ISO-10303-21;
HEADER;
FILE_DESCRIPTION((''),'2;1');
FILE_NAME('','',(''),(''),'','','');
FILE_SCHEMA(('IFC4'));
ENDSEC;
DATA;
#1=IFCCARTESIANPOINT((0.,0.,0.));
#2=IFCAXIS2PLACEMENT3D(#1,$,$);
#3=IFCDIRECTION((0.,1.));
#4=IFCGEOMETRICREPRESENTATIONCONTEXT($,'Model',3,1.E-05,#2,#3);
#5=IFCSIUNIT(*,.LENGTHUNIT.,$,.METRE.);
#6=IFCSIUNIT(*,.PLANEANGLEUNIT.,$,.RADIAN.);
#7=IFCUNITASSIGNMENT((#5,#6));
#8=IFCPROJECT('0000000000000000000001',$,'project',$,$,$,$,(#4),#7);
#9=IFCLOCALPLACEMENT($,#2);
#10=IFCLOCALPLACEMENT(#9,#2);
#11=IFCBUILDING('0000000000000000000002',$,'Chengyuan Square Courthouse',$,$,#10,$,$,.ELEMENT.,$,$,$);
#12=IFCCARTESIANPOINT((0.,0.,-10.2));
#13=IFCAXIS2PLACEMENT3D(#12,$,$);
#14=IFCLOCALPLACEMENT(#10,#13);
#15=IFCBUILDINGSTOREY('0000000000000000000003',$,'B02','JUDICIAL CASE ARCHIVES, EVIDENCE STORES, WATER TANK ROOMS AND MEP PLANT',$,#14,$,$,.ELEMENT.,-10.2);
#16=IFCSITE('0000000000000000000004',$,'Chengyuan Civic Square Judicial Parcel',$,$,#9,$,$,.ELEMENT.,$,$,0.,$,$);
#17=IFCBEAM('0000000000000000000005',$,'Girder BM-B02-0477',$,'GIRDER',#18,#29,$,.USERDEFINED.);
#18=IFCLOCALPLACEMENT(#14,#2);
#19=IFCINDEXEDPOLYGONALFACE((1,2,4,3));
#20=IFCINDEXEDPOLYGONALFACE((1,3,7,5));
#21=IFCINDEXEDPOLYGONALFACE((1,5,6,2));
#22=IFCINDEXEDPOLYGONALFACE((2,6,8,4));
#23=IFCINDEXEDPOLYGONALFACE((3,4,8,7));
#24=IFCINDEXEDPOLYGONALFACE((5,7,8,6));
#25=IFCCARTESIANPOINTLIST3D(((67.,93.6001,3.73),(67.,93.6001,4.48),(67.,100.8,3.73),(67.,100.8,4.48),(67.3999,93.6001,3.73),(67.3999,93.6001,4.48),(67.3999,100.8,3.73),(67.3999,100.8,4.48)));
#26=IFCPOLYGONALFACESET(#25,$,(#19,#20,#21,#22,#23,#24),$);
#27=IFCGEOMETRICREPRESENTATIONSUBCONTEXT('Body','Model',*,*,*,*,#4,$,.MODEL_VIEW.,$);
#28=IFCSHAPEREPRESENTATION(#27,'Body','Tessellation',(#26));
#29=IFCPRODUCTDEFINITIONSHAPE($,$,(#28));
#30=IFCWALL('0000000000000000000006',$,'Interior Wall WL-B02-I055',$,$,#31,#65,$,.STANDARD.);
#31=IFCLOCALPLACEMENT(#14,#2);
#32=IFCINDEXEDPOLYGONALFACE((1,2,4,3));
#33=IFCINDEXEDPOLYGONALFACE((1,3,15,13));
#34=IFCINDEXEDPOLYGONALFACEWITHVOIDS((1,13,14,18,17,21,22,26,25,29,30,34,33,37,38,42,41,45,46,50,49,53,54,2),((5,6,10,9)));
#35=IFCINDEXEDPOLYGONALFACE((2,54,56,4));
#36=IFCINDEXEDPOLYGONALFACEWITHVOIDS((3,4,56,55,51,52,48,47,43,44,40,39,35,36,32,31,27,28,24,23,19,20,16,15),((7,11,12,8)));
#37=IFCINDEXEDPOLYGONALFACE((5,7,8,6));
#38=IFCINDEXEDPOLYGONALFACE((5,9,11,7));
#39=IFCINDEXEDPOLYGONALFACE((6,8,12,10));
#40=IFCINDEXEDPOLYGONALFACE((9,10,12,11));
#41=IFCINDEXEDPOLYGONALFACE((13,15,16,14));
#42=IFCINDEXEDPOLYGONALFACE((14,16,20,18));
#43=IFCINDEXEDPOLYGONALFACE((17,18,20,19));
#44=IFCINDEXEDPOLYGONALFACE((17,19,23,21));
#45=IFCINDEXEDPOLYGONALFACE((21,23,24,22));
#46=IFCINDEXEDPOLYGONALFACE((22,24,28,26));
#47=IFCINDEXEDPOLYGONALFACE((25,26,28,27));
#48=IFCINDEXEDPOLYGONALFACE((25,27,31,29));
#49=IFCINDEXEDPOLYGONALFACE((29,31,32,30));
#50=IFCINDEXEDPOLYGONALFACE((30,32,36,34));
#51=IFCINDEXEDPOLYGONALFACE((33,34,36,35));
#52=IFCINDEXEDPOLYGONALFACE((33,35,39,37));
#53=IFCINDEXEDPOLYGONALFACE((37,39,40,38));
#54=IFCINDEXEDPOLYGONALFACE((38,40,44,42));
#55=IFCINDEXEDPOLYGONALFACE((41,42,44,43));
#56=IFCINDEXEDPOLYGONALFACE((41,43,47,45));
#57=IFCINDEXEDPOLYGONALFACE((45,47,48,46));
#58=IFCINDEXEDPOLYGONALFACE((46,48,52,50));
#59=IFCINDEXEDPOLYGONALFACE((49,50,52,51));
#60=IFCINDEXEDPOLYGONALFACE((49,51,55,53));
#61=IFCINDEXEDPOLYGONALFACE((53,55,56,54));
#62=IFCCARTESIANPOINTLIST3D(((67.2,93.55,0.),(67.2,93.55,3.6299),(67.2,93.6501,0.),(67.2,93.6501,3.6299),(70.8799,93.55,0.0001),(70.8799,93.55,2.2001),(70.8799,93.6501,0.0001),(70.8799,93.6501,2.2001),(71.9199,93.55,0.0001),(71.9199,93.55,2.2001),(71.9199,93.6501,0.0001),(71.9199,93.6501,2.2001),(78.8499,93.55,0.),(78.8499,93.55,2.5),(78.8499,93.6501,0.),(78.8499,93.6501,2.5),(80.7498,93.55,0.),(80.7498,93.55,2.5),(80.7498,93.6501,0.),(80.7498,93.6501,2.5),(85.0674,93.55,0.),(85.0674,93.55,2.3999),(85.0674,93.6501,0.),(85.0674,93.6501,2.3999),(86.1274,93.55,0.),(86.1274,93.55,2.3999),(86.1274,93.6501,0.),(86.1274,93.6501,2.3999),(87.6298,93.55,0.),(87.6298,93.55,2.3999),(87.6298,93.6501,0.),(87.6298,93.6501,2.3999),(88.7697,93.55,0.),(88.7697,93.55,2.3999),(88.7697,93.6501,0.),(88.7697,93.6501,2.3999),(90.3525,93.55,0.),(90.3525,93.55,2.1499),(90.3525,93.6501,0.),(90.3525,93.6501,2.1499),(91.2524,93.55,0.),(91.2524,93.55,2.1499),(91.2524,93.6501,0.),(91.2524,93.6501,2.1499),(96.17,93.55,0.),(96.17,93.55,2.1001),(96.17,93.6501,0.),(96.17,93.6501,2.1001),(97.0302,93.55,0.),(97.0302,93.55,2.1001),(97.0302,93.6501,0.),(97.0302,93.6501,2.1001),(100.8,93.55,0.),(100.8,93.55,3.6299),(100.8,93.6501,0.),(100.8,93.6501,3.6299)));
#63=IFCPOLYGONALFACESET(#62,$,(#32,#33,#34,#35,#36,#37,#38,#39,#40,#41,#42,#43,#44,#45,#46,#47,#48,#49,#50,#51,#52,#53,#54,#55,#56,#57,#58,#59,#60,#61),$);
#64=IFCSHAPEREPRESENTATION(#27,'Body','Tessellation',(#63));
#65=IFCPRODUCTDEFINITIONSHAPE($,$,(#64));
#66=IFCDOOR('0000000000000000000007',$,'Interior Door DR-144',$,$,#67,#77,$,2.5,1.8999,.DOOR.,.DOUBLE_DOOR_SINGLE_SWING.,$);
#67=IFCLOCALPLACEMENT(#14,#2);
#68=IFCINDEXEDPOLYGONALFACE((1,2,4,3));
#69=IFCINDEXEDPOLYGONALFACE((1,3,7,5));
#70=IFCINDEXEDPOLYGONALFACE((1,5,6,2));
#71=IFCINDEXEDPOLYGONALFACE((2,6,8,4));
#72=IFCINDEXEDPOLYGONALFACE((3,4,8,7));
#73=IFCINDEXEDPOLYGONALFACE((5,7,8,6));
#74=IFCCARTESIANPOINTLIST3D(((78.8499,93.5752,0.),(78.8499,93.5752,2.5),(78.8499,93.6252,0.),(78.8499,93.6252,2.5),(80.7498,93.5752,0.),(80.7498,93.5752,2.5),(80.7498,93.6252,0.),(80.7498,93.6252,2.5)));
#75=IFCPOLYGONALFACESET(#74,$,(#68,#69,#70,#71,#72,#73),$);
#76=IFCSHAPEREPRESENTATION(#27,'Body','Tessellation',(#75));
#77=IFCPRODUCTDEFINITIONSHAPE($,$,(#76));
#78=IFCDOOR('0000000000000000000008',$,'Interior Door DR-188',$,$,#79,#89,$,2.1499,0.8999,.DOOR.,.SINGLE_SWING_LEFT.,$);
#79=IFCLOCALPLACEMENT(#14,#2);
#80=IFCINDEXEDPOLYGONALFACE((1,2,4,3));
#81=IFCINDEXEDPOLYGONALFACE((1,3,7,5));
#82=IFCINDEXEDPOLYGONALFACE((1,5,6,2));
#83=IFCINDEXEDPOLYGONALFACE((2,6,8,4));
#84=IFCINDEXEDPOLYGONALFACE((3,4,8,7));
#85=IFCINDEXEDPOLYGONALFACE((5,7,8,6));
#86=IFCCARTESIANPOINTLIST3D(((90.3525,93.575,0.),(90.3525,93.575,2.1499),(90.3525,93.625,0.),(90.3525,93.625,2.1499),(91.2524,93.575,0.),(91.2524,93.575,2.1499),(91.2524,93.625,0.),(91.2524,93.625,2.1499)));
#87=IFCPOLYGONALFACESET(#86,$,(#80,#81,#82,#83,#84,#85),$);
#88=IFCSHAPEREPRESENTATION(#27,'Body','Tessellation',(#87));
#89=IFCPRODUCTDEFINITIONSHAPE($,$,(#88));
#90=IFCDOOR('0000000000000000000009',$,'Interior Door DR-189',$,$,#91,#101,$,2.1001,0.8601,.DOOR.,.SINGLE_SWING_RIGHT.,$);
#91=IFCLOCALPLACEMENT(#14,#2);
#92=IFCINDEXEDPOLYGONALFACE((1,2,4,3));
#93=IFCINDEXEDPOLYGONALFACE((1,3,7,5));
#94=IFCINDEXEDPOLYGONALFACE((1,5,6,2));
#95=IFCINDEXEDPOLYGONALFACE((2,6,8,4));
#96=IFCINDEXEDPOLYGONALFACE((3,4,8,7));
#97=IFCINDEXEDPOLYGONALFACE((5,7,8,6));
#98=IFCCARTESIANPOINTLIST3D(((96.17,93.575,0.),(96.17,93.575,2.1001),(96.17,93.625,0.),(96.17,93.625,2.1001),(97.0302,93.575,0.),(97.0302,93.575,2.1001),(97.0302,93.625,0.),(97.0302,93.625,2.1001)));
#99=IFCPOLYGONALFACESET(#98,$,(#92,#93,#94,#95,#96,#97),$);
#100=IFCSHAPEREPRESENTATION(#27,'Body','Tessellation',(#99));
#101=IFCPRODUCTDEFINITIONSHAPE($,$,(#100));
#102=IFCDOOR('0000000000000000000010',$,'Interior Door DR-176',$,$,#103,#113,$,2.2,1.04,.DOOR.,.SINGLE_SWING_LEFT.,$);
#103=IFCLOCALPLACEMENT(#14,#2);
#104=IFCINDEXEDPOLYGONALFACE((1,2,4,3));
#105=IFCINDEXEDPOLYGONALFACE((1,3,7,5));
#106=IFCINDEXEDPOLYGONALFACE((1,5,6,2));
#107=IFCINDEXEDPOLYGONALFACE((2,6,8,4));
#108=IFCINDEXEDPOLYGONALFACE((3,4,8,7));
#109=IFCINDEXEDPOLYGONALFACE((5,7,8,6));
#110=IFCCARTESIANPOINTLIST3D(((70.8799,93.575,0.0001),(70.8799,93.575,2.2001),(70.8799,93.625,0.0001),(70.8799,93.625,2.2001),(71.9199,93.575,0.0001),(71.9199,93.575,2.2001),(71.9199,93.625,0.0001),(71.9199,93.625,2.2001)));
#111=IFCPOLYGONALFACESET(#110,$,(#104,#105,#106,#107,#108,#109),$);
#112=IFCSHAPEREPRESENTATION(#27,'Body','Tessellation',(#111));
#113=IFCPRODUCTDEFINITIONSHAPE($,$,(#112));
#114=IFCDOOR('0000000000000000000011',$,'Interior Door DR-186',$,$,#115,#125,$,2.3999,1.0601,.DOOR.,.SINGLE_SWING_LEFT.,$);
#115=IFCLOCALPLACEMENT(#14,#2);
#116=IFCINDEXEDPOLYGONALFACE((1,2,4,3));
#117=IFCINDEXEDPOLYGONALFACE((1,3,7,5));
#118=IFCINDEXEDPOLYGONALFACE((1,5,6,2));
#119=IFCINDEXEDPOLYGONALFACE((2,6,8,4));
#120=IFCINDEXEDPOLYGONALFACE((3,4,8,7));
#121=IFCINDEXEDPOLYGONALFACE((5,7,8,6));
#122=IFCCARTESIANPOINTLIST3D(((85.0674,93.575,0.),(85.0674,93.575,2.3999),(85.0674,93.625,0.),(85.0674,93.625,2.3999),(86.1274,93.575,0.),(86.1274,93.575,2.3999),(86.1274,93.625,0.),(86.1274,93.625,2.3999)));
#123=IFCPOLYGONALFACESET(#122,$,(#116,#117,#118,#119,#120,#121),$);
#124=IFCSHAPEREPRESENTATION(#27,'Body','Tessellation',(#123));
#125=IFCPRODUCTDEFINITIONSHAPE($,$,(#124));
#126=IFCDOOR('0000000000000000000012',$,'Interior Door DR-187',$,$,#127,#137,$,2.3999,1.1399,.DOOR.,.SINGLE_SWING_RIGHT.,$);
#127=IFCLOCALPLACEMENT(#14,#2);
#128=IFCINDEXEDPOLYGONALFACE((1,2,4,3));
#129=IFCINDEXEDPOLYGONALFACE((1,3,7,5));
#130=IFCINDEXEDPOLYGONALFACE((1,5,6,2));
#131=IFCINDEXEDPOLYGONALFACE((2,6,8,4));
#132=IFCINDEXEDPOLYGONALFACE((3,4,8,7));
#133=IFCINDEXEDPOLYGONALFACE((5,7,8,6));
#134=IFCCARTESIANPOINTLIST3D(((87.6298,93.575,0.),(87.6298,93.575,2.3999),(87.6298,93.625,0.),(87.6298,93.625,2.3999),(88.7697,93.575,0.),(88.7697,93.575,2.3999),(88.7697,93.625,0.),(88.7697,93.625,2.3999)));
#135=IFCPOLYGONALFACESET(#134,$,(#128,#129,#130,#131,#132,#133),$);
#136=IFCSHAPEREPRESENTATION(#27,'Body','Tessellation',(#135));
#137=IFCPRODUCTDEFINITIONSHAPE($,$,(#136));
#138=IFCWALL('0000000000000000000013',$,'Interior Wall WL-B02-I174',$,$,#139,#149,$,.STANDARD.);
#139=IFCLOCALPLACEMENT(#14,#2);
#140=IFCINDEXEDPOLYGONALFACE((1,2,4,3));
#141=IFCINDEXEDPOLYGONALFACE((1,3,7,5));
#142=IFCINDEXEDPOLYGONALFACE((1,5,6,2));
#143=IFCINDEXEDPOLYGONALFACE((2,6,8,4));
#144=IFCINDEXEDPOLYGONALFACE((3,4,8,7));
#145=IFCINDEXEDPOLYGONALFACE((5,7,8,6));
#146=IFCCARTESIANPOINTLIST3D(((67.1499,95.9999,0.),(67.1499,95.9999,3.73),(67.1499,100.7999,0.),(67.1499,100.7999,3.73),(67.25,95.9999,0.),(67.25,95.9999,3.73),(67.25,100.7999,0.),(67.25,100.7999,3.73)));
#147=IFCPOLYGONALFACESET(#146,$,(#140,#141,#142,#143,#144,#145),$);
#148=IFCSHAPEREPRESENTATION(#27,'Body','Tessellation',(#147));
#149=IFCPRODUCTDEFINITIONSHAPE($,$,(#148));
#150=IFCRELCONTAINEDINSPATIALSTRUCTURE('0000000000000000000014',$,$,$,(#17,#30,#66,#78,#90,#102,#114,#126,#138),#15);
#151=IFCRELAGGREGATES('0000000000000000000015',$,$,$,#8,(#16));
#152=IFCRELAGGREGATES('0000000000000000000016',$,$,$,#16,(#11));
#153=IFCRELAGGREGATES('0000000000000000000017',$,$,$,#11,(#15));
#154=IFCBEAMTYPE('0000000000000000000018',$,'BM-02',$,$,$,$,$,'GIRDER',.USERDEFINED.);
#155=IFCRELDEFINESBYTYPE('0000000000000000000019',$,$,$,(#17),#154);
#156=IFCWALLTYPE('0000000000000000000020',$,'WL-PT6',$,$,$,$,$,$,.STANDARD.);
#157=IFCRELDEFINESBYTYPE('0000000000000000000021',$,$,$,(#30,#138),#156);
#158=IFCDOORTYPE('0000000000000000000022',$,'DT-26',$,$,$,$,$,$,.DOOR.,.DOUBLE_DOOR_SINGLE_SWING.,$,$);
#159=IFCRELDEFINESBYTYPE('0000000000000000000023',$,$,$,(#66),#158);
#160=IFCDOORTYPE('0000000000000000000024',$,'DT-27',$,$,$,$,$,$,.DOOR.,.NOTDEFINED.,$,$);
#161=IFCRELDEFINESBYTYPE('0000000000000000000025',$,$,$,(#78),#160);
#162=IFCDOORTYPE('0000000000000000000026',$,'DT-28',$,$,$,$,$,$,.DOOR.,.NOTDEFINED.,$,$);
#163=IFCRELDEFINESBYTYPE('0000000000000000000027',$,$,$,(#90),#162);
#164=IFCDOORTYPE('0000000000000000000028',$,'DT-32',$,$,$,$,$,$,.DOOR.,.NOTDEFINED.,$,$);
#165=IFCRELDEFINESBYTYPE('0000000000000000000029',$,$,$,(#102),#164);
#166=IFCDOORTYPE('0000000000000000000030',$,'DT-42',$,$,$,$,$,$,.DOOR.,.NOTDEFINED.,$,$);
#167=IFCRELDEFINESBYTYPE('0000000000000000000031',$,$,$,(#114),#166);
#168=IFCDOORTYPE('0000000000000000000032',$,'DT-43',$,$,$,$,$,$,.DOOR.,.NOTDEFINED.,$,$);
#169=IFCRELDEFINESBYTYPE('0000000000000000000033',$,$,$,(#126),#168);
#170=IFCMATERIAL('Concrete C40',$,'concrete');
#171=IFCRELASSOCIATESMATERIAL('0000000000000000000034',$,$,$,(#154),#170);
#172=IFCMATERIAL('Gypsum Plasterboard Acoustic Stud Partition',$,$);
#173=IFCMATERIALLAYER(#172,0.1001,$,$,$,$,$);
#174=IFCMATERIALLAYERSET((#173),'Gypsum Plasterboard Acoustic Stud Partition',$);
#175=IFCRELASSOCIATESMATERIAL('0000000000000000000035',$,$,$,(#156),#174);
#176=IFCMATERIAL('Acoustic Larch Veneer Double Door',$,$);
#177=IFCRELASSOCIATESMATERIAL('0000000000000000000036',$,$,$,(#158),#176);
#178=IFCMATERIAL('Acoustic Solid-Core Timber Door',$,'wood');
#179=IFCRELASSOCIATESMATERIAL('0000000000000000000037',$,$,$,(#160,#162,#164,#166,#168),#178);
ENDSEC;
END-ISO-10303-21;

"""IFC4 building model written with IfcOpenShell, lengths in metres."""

from ifc_helpers import new_model, si_unit, direction, frame, frame_2d, origin, origin_2d, place, context, subcontext, project, spatial, rectangle, extrude, material, layer, layer_set, material_profile, profile_set, type_object, element, fill, save


model = new_model("IFC4")

# Units and contexts
model_context = context("Model", 3, precision=1e-05, world=origin(), true_north=direction((0.0, 1.0)))
body_context = subcontext(model_context, "Body", "Model", "MODEL_VIEW")
ifc_project = project(units=[si_unit("LENGTHUNIT", "METRE"), si_unit("PLANEANGLEUNIT", "RADIAN")], contexts=[model_context])

# Site, building, storey
site_placement = place(None, origin())
site = spatial("IfcSite", under=ifc_project, at=site_placement, Name="Chengyuan Civic Square Judicial Parcel", CompositionType="ELEMENT", RefElevation=0.0)
building_placement = place(site_placement, origin())
building = spatial("IfcBuilding", under=site, at=building_placement, Name="Chengyuan Square Courthouse", CompositionType="ELEMENT")
storey_placement = place(building_placement, frame((0.0, 0.0, -10.2)))
storey = spatial("IfcBuildingStorey", under=building, at=storey_placement, Name="B02", Description="JUDICIAL CASE ARCHIVES, EVIDENCE STORES, WATER TANK ROOMS AND MEP PLANT", CompositionType="ELEMENT", Elevation=-10.2)

# Shared definitions
ifc_material_1 = material(Name="Concrete C40", Category="concrete")

# Beam
ifc_material_profile_1 = material_profile(ifc_material_1, rectangle(XDim=0.3999, YDim=0.75, at=origin_2d()), Name="RC-BM-400x750")
ifc_profile_set_1 = profile_set([ifc_material_profile_1], Name="Concrete C40")
beam_type_1 = type_object("IfcBeamType", Name="BM-02", ElementType="GIRDER", PredefinedType="USERDEFINED", material=ifc_profile_set_1)
beam_1_placement = place(storey_placement, frame((67.2, 93.6001, 4.105), z_axis=(0.0, 1.0, 0.0), x_axis=(-1.0, 0.0, 0.0)))
element("IfcBeam", 1, at=beam_1_placement, inside=storey, type_object=beam_type_1, Name="Girder BM-B02-0477", ObjectType="GIRDER", PredefinedType="USERDEFINED", context=body_context, shape_type="SweptSolid", body=[
    extrude(rectangle(XDim=0.3999, YDim=0.75, at=origin_2d()), origin(), (0.0, 0.0, 1.0), 7.2),
])

# Wall, openings, doors
ifc_material_2 = material(Name="Gypsum Plasterboard Acoustic Stud Partition")
ifc_layer = layer(ifc_material_2, 0.1001)
ifc_layer_set = layer_set([ifc_layer], Name="Gypsum Plasterboard Acoustic Stud Partition")
wall_type = type_object("IfcWallType", Name="WL-PT6", PredefinedType="STANDARD", material=ifc_layer_set)
wall_1_placement = place(storey_placement, frame((67.2, 93.6001, 0.0), z_axis=(0.0, 0.0, 1.0), x_axis=(1.0, 0.0, 0.0)))
wall_1 = element("IfcWall", 2, at=wall_1_placement, inside=storey, type_object=wall_type, Name="Interior Wall WL-B02-I055", PredefinedType="STANDARD", context=body_context, shape_type="SweptSolid", body=[
    extrude(rectangle(XDim=33.6001, YDim=0.1001, at=frame_2d((16.8, 0.0))), origin(), (0.0, 0.0, 1.0), 3.6299),
])
opening_1_placement = place(wall_1_placement, frame((11.6499, 0.0, 0.0)))
opening_1 = element("IfcOpeningElement", 3, at=opening_1_placement, cuts=wall_1, PredefinedType="OPENING", context=body_context, shape_type="SweptSolid", body=[
    extrude(rectangle(XDim=1.8999, YDim=2.5, at=frame_2d((0.95, 1.25))), frame((0.0, 0.062, 0.0), z_axis=(0.0, -1.0, 0.0), x_axis=(1.0, 0.0, 0.0)), (0.0, 0.0, 1.0), 0.124),
])
opening_2_placement = place(wall_1_placement, frame((3.6799, 0.0, 0.0)))
opening_2 = element("IfcOpeningElement", 4, at=opening_2_placement, cuts=wall_1, PredefinedType="OPENING", context=body_context, shape_type="SweptSolid", body=[
    extrude(rectangle(XDim=1.04, YDim=2.2, at=frame_2d((0.52, 1.1001))), frame((0.0, 0.062, 0.0), z_axis=(0.0, -1.0, 0.0), x_axis=(1.0, 0.0, 0.0)), (0.0, 0.0, 1.0), 0.124),
])
opening_3_placement = place(wall_1_placement, frame((17.8674, 0.0, 0.0)))
opening_3 = element("IfcOpeningElement", 5, at=opening_3_placement, cuts=wall_1, PredefinedType="OPENING", context=body_context, shape_type="SweptSolid", body=[
    extrude(rectangle(XDim=1.0601, YDim=2.3999, at=frame_2d((0.53, 1.2))), frame((0.0, 0.062, 0.0), z_axis=(0.0, -1.0, 0.0), x_axis=(1.0, 0.0, 0.0)), (0.0, 0.0, 1.0), 0.124),
])
opening_4_placement = place(wall_1_placement, frame((20.4299, 0.0, 0.0)))
opening_4 = element("IfcOpeningElement", 6, at=opening_4_placement, cuts=wall_1, PredefinedType="OPENING", context=body_context, shape_type="SweptSolid", body=[
    extrude(rectangle(XDim=1.1399, YDim=2.3999, at=frame_2d((0.5698, 1.2))), frame((0.0, 0.062, 0.0), z_axis=(0.0, -1.0, 0.0), x_axis=(1.0, 0.0, 0.0)), (0.0, 0.0, 1.0), 0.124),
])
opening_5_placement = place(wall_1_placement, frame((23.1526, 0.0, 0.0)))
opening_5 = element("IfcOpeningElement", 7, at=opening_5_placement, cuts=wall_1, PredefinedType="OPENING", context=body_context, shape_type="SweptSolid", body=[
    extrude(rectangle(XDim=0.8999, YDim=2.1499, at=frame_2d((0.45, 1.075))), frame((0.0, 0.062, 0.0), z_axis=(0.0, -1.0, 0.0), x_axis=(1.0, 0.0, 0.0)), (0.0, 0.0, 1.0), 0.124),
])
opening_6_placement = place(wall_1_placement, frame((28.97, 0.0, 0.0)))
opening_6 = element("IfcOpeningElement", 8, at=opening_6_placement, cuts=wall_1, PredefinedType="OPENING", context=body_context, shape_type="SweptSolid", body=[
    extrude(rectangle(XDim=0.8601, YDim=2.1001, at=frame_2d((0.4302, 1.05))), frame((0.0, 0.062, 0.0), z_axis=(0.0, -1.0, 0.0), x_axis=(1.0, 0.0, 0.0)), (0.0, 0.0, 1.0), 0.124),
])
ifc_material_3 = material(Name="Acoustic Larch Veneer Double Door")
door_type_1 = type_object("IfcDoorType", Name="DT-26", OperationType="DOUBLE_DOOR_SINGLE_SWING", PredefinedType="DOOR", material=ifc_material_3)
door_1_placement = place(opening_1_placement, frame((1.8999, 0.0, 0.0), z_axis=(0.0, 0.0, 1.0), x_axis=(-1.0, 0.0, 0.0)))
door_1 = element("IfcDoor", 9, at=door_1_placement, inside=storey, type_object=door_type_1, Name="Interior Door DR-144", OperationType="DOUBLE_DOOR_SINGLE_SWING", OverallHeight=2.5, OverallWidth=1.8999, PredefinedType="DOOR", context=body_context, shape_type="SweptSolid", body=[
    extrude(rectangle(XDim=1.8999, YDim=2.5, at=frame_2d((0.95, 1.25))), frame((0.0, 0.0249, 0.0), z_axis=(0.0, -1.0, 0.0), x_axis=(1.0, 0.0, 0.0)), (0.0, 0.0, 1.0), 0.05),
])
fill(opening_1, door_1)
ifc_material_4 = material(Name="Acoustic Solid-Core Timber Door", Category="wood")
door_type_2 = type_object("IfcDoorType", Name="DT-27", OperationType="NOTDEFINED", PredefinedType="DOOR", material=ifc_material_4)
door_2_placement = place(opening_5_placement, origin())
door_2 = element("IfcDoor", 10, at=door_2_placement, inside=storey, type_object=door_type_2, Name="Interior Door DR-188", OperationType="SINGLE_SWING_LEFT", OverallHeight=2.1499, OverallWidth=0.8999, PredefinedType="DOOR", context=body_context, shape_type="SweptSolid", body=[
    extrude(rectangle(XDim=0.8999, YDim=2.1499, at=frame_2d((0.45, 1.075))), frame((0.0, 0.0249, 0.0), z_axis=(0.0, -1.0, 0.0), x_axis=(1.0, 0.0, 0.0)), (0.0, 0.0, 1.0), 0.05),
])
fill(opening_5, door_2)
door_type_3 = type_object("IfcDoorType", Name="DT-28", OperationType="NOTDEFINED", PredefinedType="DOOR", material=ifc_material_4)
door_3_placement = place(opening_6_placement, origin())
door_3 = element("IfcDoor", 11, at=door_3_placement, inside=storey, type_object=door_type_3, Name="Interior Door DR-189", OperationType="SINGLE_SWING_RIGHT", OverallHeight=2.1001, OverallWidth=0.8601, PredefinedType="DOOR", context=body_context, shape_type="SweptSolid", body=[
    extrude(rectangle(XDim=0.8601, YDim=2.1001, at=frame_2d((0.4302, 1.05))), frame((0.0, 0.0249, 0.0), z_axis=(0.0, -1.0, 0.0), x_axis=(1.0, 0.0, 0.0)), (0.0, 0.0, 1.0), 0.05),
])
fill(opening_6, door_3)
door_type_4 = type_object("IfcDoorType", Name="DT-32", OperationType="NOTDEFINED", PredefinedType="DOOR", material=ifc_material_4)
door_4_placement = place(opening_2_placement, origin())
door_4 = element("IfcDoor", 12, at=door_4_placement, inside=storey, type_object=door_type_4, Name="Interior Door DR-176", OperationType="SINGLE_SWING_LEFT", OverallHeight=2.2, OverallWidth=1.04, PredefinedType="DOOR", context=body_context, shape_type="SweptSolid", body=[
    extrude(rectangle(XDim=1.04, YDim=2.2, at=frame_2d((0.52, 1.1001))), frame((0.0, 0.0249, 0.0), z_axis=(0.0, -1.0, 0.0), x_axis=(1.0, 0.0, 0.0)), (0.0, 0.0, 1.0), 0.05),
])
fill(opening_2, door_4)
door_type_5 = type_object("IfcDoorType", Name="DT-42", OperationType="NOTDEFINED", PredefinedType="DOOR", material=ifc_material_4)
door_5_placement = place(opening_3_placement, origin())
door_5 = element("IfcDoor", 13, at=door_5_placement, inside=storey, type_object=door_type_5, Name="Interior Door DR-186", OperationType="SINGLE_SWING_LEFT", OverallHeight=2.3999, OverallWidth=1.0601, PredefinedType="DOOR", context=body_context, shape_type="SweptSolid", body=[
    extrude(rectangle(XDim=1.0601, YDim=2.3999, at=frame_2d((0.53, 1.2))), frame((0.0, 0.0249, 0.0), z_axis=(0.0, -1.0, 0.0), x_axis=(1.0, 0.0, 0.0)), (0.0, 0.0, 1.0), 0.05),
])
fill(opening_3, door_5)
door_type_6 = type_object("IfcDoorType", Name="DT-43", OperationType="NOTDEFINED", PredefinedType="DOOR", material=ifc_material_4)
door_6_placement = place(opening_4_placement, origin())
door_6 = element("IfcDoor", 14, at=door_6_placement, inside=storey, type_object=door_type_6, Name="Interior Door DR-187", OperationType="SINGLE_SWING_RIGHT", OverallHeight=2.3999, OverallWidth=1.1399, PredefinedType="DOOR", context=body_context, shape_type="SweptSolid", body=[
    extrude(rectangle(XDim=1.1399, YDim=2.3999, at=frame_2d((0.5698, 1.2))), frame((0.0, 0.0249, 0.0), z_axis=(0.0, -1.0, 0.0), x_axis=(1.0, 0.0, 0.0)), (0.0, 0.0, 1.0), 0.05),
])
fill(opening_4, door_6)

# Wall
wall_2_placement = place(storey_placement, frame((67.2, 96.0, 0.0), z_axis=(0.0, 0.0, 1.0), x_axis=(0.0, 1.0, 0.0)))
element("IfcWall", 15, at=wall_2_placement, inside=storey, type_object=wall_type, Name="Interior Wall WL-B02-I174", PredefinedType="STANDARD", context=body_context, shape_type="SweptSolid", body=[
    extrude(rectangle(XDim=4.8, YDim=0.1001, at=frame_2d((2.3999, 0.0))), origin(), (0.0, 0.0, 1.0), 3.73),
])

save(model, "model.ifc")
